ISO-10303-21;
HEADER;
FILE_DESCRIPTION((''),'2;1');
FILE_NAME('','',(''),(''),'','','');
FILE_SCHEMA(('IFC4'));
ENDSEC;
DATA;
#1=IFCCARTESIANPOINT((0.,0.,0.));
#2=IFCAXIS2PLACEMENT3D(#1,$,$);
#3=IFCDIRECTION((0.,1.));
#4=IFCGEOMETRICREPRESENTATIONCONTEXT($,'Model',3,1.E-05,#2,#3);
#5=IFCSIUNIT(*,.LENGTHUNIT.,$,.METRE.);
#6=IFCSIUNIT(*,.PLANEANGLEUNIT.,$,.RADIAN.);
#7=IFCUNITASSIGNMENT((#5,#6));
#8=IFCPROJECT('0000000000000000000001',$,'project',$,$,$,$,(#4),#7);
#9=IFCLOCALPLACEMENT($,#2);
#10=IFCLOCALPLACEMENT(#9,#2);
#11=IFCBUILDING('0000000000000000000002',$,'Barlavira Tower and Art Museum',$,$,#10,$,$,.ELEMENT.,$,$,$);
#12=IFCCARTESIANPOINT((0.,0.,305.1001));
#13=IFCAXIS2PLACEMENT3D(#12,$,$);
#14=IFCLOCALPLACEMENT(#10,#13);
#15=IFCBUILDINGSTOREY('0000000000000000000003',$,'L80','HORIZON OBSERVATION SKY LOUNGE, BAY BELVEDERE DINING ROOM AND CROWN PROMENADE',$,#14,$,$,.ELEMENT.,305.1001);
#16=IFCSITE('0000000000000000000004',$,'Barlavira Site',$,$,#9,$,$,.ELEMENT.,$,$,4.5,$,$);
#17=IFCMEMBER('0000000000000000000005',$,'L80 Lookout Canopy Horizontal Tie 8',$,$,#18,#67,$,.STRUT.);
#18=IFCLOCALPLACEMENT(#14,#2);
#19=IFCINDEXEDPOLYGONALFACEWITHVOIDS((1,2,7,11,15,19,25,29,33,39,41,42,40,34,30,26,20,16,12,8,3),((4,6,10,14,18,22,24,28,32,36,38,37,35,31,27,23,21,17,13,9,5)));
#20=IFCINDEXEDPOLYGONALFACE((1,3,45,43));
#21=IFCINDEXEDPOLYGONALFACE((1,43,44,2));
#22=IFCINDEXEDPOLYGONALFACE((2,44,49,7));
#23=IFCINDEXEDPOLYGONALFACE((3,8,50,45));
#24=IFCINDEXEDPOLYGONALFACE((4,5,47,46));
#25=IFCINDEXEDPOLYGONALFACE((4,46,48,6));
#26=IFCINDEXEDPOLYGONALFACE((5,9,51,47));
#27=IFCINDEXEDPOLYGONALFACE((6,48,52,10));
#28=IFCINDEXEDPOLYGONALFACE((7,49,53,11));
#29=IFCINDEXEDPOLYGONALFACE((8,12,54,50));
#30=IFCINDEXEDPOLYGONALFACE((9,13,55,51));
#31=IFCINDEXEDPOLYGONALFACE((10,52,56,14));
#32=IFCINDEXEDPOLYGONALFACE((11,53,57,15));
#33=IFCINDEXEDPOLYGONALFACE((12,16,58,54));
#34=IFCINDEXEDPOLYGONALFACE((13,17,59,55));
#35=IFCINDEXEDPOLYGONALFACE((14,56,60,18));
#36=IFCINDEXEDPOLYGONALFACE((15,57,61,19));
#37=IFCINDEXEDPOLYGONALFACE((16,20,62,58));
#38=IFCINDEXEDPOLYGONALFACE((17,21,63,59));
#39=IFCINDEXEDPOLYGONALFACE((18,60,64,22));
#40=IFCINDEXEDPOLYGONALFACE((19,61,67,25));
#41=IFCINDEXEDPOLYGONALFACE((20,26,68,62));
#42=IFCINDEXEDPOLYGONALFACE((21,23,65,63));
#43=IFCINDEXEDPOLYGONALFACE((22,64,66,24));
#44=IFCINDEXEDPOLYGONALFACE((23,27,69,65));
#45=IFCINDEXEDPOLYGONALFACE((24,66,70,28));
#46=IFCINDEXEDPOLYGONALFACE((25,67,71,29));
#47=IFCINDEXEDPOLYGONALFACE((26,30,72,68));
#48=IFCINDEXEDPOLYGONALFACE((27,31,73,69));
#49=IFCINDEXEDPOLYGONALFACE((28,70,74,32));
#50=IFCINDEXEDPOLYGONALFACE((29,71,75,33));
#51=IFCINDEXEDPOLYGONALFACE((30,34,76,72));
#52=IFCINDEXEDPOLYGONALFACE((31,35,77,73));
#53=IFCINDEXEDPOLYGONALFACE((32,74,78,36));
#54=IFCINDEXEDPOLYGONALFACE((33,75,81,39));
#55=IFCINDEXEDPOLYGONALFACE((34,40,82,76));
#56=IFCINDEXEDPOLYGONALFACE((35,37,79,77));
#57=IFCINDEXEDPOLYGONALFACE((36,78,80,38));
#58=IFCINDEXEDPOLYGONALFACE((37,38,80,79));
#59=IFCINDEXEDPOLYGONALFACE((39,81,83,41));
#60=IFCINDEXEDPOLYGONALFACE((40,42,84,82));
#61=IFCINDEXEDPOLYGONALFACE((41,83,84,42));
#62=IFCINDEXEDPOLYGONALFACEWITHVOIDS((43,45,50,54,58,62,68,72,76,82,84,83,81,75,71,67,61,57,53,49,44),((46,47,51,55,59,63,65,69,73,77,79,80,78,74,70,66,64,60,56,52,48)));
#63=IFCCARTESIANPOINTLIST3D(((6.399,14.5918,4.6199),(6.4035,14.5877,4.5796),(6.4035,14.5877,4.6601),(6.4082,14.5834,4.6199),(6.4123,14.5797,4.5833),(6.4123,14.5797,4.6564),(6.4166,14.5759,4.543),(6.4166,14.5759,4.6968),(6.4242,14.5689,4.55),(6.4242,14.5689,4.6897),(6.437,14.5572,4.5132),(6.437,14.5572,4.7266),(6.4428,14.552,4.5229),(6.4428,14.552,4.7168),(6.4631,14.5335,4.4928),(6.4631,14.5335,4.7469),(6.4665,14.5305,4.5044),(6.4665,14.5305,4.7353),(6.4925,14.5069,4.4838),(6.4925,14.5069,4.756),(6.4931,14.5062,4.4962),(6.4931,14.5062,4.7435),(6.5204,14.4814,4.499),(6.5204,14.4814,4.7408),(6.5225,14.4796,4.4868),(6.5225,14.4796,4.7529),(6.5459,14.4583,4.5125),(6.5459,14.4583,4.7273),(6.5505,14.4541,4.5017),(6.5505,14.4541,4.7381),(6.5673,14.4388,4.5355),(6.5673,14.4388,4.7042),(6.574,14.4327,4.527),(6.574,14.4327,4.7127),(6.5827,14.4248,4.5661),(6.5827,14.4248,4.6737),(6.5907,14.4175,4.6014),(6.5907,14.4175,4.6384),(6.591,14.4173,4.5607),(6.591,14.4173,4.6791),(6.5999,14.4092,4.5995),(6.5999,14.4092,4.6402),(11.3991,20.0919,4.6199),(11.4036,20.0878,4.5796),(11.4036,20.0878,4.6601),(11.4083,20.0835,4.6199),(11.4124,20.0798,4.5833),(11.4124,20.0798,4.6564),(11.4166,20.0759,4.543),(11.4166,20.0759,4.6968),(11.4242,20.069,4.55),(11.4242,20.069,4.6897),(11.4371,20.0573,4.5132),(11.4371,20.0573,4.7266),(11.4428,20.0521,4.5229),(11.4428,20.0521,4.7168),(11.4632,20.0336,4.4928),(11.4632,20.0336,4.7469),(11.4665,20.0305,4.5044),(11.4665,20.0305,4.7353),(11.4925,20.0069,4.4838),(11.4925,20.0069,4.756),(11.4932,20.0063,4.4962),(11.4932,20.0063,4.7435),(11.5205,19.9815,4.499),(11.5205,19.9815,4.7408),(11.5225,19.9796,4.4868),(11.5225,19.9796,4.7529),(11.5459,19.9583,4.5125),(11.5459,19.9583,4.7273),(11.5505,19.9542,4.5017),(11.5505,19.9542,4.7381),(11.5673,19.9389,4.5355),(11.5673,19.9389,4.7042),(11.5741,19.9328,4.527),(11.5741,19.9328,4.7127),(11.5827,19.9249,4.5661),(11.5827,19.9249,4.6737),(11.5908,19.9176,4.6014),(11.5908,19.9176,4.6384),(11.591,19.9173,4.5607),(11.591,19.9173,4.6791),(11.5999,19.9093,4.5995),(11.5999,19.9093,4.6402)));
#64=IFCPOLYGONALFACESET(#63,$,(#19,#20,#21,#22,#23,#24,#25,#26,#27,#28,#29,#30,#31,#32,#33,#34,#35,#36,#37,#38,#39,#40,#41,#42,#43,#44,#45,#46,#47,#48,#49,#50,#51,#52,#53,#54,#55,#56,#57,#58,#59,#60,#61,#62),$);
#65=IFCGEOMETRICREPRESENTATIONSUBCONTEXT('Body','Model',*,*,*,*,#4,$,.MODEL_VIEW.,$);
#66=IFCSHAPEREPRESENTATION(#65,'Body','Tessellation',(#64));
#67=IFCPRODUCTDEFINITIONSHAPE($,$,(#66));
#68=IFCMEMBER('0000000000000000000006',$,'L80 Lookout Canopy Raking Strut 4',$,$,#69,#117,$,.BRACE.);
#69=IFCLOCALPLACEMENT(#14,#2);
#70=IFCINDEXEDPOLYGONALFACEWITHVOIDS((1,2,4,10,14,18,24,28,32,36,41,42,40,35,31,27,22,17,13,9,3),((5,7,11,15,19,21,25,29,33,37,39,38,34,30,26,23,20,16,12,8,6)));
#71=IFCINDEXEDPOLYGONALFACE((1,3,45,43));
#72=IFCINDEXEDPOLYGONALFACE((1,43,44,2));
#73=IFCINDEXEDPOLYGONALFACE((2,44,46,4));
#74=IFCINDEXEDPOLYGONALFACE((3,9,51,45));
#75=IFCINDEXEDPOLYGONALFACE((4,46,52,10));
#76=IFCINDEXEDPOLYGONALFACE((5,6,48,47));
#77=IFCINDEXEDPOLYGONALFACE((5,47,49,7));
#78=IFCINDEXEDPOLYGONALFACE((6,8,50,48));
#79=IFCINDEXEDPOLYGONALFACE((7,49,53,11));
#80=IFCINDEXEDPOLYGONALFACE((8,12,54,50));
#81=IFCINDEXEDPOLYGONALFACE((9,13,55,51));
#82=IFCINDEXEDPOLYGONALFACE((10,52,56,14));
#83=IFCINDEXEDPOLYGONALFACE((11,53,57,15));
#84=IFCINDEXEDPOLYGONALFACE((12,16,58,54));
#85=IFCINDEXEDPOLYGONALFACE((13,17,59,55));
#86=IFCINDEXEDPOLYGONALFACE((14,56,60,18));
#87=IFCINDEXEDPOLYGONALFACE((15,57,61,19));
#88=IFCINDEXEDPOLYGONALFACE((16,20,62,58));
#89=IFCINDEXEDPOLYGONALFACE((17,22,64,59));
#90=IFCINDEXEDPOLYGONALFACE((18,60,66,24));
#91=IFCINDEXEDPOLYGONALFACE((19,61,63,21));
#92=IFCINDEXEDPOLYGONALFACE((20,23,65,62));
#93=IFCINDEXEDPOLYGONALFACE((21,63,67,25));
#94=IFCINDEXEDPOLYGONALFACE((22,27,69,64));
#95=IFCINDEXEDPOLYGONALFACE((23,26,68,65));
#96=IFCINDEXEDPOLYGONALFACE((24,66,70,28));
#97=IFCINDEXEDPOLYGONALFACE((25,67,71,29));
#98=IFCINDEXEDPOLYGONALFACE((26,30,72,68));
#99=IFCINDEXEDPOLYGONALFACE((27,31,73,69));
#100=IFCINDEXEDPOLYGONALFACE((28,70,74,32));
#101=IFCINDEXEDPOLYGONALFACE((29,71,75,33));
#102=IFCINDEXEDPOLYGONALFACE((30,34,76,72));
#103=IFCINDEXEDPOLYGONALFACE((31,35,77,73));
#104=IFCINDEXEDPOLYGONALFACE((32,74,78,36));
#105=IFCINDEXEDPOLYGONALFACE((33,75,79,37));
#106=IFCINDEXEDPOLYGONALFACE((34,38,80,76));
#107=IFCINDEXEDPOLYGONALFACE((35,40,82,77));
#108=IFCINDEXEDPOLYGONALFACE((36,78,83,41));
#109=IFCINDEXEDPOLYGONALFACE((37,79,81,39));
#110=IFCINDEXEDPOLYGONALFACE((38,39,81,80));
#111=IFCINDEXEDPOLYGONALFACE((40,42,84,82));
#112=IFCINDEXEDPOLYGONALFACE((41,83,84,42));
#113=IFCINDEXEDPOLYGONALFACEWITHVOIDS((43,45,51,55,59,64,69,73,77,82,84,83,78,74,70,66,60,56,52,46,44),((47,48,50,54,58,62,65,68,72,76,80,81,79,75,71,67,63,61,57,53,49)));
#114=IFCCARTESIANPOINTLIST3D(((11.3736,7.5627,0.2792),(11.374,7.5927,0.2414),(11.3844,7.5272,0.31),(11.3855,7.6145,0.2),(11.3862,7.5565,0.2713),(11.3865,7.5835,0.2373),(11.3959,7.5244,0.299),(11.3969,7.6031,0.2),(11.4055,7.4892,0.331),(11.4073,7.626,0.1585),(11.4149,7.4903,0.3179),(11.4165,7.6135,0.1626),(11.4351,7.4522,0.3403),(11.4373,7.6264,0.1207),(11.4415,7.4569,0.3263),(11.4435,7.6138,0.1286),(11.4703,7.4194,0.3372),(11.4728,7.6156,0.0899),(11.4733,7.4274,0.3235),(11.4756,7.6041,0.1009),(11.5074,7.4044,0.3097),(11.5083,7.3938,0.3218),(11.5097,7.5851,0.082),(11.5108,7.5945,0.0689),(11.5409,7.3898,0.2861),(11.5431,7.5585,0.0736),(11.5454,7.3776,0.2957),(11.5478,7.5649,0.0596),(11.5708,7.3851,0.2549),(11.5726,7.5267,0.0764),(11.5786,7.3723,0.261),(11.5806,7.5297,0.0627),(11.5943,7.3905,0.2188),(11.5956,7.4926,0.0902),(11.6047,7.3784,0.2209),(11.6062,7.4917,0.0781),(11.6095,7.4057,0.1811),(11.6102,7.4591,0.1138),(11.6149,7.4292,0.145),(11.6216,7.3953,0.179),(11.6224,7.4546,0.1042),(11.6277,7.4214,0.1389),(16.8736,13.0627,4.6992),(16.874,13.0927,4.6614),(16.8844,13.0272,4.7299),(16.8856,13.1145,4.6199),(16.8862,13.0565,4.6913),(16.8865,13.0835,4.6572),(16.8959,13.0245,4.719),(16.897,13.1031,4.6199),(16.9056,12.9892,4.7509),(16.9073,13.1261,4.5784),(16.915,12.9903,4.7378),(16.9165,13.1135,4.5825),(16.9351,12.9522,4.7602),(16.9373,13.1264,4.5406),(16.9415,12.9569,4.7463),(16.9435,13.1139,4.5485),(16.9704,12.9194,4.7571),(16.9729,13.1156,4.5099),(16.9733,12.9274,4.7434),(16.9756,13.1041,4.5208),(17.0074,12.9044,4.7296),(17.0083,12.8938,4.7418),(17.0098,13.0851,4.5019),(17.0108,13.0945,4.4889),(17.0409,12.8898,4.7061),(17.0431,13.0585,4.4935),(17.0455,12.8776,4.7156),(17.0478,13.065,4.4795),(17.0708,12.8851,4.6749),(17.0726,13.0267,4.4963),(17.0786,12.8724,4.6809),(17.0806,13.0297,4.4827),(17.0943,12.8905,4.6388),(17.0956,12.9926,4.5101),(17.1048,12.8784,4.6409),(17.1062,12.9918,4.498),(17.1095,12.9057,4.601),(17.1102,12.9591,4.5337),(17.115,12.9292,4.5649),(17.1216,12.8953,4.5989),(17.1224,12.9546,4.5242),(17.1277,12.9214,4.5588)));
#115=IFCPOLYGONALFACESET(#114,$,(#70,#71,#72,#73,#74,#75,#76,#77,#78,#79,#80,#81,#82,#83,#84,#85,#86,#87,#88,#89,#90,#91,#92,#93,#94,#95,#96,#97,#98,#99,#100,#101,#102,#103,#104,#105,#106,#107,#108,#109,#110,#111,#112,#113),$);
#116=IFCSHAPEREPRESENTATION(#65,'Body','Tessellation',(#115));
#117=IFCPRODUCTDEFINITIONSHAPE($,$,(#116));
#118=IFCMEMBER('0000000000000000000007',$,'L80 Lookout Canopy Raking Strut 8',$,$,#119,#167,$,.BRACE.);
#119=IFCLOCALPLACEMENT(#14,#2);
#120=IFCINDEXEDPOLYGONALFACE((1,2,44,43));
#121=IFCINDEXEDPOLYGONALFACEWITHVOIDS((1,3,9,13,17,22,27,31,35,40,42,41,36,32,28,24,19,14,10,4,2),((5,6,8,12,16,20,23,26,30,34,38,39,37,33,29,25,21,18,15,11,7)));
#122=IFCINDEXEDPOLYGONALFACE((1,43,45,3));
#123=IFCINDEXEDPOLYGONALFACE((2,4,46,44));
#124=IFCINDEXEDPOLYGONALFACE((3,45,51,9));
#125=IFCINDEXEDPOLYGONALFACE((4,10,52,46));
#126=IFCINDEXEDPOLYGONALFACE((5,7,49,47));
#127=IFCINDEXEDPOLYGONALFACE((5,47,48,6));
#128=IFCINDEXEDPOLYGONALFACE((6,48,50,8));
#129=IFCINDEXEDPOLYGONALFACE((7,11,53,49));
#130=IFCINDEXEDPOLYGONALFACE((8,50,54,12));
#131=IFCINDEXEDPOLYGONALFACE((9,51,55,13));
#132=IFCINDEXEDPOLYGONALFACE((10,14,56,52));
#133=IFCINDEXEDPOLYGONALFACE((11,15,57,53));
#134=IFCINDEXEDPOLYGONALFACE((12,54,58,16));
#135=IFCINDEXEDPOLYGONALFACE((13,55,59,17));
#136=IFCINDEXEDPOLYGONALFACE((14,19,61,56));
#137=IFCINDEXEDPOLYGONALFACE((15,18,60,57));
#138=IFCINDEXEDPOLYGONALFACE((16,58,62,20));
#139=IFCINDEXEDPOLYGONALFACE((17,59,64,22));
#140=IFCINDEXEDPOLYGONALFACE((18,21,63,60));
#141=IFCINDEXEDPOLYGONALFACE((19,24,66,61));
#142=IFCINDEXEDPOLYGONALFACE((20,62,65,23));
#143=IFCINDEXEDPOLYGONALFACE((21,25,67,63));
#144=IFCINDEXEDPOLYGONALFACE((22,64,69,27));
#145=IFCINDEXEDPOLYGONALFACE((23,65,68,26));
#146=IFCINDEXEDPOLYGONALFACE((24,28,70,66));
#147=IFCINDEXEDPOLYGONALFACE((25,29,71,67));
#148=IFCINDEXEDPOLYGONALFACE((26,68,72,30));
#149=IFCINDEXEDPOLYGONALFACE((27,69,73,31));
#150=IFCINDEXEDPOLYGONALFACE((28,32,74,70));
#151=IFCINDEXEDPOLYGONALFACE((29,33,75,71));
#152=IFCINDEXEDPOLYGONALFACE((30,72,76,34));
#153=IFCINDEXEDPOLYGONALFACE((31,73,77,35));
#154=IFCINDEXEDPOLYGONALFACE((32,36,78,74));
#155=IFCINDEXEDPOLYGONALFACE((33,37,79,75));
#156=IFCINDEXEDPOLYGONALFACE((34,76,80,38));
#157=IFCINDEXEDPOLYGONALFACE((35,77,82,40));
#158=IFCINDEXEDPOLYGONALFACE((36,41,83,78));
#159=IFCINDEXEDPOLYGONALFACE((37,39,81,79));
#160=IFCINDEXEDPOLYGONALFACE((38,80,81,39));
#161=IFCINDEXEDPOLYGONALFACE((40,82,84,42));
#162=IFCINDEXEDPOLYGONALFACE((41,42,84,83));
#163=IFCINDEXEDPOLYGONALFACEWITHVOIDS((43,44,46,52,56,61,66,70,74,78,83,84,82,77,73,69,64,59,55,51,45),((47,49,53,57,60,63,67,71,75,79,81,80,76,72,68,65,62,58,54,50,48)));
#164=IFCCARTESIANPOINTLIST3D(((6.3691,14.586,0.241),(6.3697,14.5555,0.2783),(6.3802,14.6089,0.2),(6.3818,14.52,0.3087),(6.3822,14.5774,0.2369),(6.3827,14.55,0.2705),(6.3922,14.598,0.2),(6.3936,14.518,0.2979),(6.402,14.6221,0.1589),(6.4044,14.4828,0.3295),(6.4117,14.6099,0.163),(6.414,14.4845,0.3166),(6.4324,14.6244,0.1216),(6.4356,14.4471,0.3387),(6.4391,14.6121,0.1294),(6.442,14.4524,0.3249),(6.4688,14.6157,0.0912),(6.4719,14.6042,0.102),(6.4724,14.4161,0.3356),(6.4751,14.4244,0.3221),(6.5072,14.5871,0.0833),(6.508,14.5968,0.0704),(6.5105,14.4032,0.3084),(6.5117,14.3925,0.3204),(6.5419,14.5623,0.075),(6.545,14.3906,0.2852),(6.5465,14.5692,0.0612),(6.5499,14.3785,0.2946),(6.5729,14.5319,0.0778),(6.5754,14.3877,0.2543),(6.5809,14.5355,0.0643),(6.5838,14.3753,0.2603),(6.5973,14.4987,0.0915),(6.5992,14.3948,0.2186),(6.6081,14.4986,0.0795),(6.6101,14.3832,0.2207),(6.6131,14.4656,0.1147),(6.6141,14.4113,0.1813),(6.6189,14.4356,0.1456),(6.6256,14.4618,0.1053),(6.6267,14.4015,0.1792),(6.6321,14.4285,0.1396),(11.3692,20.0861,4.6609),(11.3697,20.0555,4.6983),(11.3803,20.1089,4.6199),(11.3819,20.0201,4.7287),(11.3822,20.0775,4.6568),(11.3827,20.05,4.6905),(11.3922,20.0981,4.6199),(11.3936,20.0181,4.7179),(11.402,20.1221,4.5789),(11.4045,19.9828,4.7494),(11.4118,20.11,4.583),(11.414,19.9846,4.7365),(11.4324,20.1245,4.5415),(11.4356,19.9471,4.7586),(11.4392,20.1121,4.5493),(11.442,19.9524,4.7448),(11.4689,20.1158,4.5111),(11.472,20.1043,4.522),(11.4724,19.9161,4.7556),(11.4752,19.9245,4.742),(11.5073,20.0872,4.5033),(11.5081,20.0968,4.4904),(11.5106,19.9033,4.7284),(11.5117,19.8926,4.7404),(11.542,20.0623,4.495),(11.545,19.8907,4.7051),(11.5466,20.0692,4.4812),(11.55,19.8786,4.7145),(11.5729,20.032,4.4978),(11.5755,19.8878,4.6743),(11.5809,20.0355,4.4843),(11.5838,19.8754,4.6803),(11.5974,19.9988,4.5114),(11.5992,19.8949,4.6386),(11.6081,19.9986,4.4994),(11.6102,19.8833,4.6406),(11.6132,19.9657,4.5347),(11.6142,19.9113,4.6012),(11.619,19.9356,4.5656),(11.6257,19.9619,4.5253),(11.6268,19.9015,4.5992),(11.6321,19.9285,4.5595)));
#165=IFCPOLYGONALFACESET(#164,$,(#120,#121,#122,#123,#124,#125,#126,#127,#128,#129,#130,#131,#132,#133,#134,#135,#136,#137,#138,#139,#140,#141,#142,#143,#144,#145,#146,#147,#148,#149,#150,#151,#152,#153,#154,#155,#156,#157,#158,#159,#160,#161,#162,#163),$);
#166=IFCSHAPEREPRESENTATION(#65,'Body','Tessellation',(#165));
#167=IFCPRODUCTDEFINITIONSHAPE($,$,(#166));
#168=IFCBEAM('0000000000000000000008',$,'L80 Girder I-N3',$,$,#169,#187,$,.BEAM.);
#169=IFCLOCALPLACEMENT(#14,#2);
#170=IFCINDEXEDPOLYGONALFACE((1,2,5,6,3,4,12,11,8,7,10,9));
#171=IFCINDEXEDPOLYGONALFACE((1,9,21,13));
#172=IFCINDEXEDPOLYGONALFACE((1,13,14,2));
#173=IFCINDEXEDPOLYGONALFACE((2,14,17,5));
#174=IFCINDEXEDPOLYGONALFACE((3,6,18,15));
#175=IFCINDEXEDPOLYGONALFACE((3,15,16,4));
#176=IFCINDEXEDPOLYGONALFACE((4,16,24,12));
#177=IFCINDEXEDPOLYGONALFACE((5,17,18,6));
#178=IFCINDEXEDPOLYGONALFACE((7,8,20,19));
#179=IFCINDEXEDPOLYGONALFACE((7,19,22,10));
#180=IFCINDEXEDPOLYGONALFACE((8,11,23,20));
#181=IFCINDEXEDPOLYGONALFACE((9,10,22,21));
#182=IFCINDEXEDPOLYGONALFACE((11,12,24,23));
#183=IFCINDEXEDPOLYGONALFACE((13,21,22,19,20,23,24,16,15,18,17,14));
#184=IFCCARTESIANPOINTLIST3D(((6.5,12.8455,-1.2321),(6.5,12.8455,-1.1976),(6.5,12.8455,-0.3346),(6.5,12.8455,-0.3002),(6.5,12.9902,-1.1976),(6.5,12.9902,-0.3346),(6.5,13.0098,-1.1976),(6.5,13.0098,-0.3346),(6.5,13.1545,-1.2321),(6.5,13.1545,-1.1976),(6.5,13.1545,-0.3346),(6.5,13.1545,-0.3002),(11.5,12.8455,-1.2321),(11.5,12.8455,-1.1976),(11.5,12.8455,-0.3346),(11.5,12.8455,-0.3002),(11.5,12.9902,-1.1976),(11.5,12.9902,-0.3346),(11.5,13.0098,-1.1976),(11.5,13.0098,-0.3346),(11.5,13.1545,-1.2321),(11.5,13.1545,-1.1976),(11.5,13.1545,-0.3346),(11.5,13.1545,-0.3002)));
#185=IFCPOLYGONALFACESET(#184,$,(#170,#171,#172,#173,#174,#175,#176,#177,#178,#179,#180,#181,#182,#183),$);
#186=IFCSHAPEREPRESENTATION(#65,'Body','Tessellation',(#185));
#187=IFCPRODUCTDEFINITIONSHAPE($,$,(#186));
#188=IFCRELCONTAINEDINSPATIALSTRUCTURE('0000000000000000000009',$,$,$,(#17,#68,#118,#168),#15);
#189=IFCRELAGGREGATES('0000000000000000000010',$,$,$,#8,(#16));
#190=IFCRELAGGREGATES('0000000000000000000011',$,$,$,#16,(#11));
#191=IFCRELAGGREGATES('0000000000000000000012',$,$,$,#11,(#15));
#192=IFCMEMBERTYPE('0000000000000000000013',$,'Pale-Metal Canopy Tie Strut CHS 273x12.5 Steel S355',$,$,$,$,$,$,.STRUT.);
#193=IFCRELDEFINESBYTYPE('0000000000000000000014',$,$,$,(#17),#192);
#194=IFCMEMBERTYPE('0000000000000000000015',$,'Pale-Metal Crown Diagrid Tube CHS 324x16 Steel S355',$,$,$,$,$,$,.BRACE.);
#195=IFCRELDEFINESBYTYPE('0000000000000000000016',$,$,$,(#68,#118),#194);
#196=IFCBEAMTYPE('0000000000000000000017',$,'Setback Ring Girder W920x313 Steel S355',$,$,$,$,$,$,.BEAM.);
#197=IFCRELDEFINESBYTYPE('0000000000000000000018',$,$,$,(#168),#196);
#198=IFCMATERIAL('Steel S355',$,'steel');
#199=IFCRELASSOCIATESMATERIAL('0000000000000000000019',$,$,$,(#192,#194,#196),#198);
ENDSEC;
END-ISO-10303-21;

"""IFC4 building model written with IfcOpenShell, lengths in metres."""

from ifc_helpers import new_model, si_unit, direction, frame, origin, origin_2d, place, context, subcontext, project, spatial, hollow_circle, i_section, extrude, material, material_profile, profile_set, type_object, element, save


model = new_model("IFC4")

# Units and contexts
model_context = context("Model", 3, precision=1e-05, world=origin(), true_north=direction((0.0, 1.0)))
body_context = subcontext(model_context, "Body", "Model", "MODEL_VIEW")
ifc_project = project(units=[si_unit("LENGTHUNIT", "METRE"), si_unit("PLANEANGLEUNIT", "RADIAN")], contexts=[model_context])

# Site, building, storey
site_placement = place(None, origin())
site = spatial("IfcSite", under=ifc_project, at=site_placement, Name="Barlavira Site", CompositionType="ELEMENT", RefElevation=4.5)
building_placement = place(site_placement, origin())
building = spatial("IfcBuilding", under=site, at=building_placement, Name="Barlavira Tower and Art Museum", CompositionType="ELEMENT")
storey_placement = place(building_placement, frame((0.0, 0.0, 305.1001)))
storey = spatial("IfcBuildingStorey", under=building, at=storey_placement, Name="L80", Description="HORIZON OBSERVATION SKY LOUNGE, BAY BELVEDERE DINING ROOM AND CROWN PROMENADE", CompositionType="ELEMENT", Elevation=305.1001)

# Shared definitions
ifc_material_1 = material(Name="Steel S355", Category="steel")

# Members
ifc_material_profile_1 = material_profile(ifc_material_1, hollow_circle(Radius=0.1365, WallThickness=0.0125, at=origin_2d()), Name="CHS 273.0x12.5")
ifc_profile_set_1 = profile_set([ifc_material_profile_1], Name="Steel S355")
member_type_1 = type_object("IfcMemberType", Name="Pale-Metal Canopy Tie Strut CHS 273x12.5 Steel S355", PredefinedType="STRUT", material=ifc_profile_set_1)
member_1_placement = place(storey_placement, frame((6.5, 14.5, 4.6199), z_axis=(0.672673, 0.73994, 0.0), x_axis=(-0.73994, 0.672673, 0.0)))
element("IfcMember", 1, at=member_1_placement, inside=storey, type_object=member_type_1, Name="L80 Lookout Canopy Horizontal Tie 8", PredefinedType="STRUT", context=body_context, shape_type="SweptSolid", body=[
    extrude(hollow_circle(Radius=0.1365, WallThickness=0.0125, at=origin_2d()), origin(), (0.0, 0.0, 1.0), 7.4331),
])
ifc_material_profile_2 = material_profile(ifc_material_1, hollow_circle(Radius=0.1619, WallThickness=0.0161, at=origin_2d()), Name="CHS 323.9x16.0")
ifc_profile_set_2 = profile_set([ifc_material_profile_2], Name="Steel S355")
member_type_2 = type_object("IfcMemberType", Name="Pale-Metal Crown Diagrid Tube CHS 324x16 Steel S355", PredefinedType="BRACE", material=ifc_profile_set_2)
member_2_placement = place(storey_placement, frame((11.5, 7.5, 0.2), z_axis=(0.614781, 0.614781, 0.494052), x_axis=(-0.707107, 0.707107, 0.0)))
element("IfcMember", 2, at=member_2_placement, inside=storey, type_object=member_type_2, Name="L80 Lookout Canopy Raking Strut 4", PredefinedType="BRACE", context=body_context, shape_type="SweptSolid", body=[
    extrude(hollow_circle(Radius=0.1619, WallThickness=0.0161, at=origin_2d()), origin(), (0.0, 0.0, 1.0), 8.9463),
])
member_3_placement = place(storey_placement, frame((6.5, 14.5, 0.2), z_axis=(0.578177, 0.635995, 0.511099), x_axis=(-0.73994, 0.672673, 0.0)))
element("IfcMember", 3, at=member_3_placement, inside=storey, type_object=member_type_2, Name="L80 Lookout Canopy Raking Strut 8", PredefinedType="BRACE", context=body_context, shape_type="SweptSolid", body=[
    extrude(hollow_circle(Radius=0.1619, WallThickness=0.0161, at=origin_2d()), origin(), (0.0, 0.0, 1.0), 8.6479),
])

# Beam
ifc_material_profile_3 = material_profile(ifc_material_1, i_section(OverallWidth=0.3091, OverallDepth=0.9319, WebThickness=0.0195, FlangeThickness=0.0344, at=origin_2d()), Name="W920x313.0")
ifc_profile_set_3 = profile_set([ifc_material_profile_3], Name="Steel S355")
beam_type_1 = type_object("IfcBeamType", Name="Setback Ring Girder W920x313 Steel S355", PredefinedType="BEAM", material=ifc_profile_set_3)
beam_1_placement = place(storey_placement, frame((6.5, 13.0, -0.7661), z_axis=(1.0, 0.0, 0.0), x_axis=(0.0, 1.0, 0.0)))
element("IfcBeam", 4, at=beam_1_placement, inside=storey, type_object=beam_type_1, Name="L80 Girder I-N3", PredefinedType="BEAM", context=body_context, shape_type="SweptSolid", body=[
    extrude(i_section(OverallWidth=0.3091, OverallDepth=0.9319, WebThickness=0.0195, FlangeThickness=0.0344, at=origin_2d()), origin(), (0.0, 0.0, 1.0), 5.0),
])

save(model, "model.ifc")
